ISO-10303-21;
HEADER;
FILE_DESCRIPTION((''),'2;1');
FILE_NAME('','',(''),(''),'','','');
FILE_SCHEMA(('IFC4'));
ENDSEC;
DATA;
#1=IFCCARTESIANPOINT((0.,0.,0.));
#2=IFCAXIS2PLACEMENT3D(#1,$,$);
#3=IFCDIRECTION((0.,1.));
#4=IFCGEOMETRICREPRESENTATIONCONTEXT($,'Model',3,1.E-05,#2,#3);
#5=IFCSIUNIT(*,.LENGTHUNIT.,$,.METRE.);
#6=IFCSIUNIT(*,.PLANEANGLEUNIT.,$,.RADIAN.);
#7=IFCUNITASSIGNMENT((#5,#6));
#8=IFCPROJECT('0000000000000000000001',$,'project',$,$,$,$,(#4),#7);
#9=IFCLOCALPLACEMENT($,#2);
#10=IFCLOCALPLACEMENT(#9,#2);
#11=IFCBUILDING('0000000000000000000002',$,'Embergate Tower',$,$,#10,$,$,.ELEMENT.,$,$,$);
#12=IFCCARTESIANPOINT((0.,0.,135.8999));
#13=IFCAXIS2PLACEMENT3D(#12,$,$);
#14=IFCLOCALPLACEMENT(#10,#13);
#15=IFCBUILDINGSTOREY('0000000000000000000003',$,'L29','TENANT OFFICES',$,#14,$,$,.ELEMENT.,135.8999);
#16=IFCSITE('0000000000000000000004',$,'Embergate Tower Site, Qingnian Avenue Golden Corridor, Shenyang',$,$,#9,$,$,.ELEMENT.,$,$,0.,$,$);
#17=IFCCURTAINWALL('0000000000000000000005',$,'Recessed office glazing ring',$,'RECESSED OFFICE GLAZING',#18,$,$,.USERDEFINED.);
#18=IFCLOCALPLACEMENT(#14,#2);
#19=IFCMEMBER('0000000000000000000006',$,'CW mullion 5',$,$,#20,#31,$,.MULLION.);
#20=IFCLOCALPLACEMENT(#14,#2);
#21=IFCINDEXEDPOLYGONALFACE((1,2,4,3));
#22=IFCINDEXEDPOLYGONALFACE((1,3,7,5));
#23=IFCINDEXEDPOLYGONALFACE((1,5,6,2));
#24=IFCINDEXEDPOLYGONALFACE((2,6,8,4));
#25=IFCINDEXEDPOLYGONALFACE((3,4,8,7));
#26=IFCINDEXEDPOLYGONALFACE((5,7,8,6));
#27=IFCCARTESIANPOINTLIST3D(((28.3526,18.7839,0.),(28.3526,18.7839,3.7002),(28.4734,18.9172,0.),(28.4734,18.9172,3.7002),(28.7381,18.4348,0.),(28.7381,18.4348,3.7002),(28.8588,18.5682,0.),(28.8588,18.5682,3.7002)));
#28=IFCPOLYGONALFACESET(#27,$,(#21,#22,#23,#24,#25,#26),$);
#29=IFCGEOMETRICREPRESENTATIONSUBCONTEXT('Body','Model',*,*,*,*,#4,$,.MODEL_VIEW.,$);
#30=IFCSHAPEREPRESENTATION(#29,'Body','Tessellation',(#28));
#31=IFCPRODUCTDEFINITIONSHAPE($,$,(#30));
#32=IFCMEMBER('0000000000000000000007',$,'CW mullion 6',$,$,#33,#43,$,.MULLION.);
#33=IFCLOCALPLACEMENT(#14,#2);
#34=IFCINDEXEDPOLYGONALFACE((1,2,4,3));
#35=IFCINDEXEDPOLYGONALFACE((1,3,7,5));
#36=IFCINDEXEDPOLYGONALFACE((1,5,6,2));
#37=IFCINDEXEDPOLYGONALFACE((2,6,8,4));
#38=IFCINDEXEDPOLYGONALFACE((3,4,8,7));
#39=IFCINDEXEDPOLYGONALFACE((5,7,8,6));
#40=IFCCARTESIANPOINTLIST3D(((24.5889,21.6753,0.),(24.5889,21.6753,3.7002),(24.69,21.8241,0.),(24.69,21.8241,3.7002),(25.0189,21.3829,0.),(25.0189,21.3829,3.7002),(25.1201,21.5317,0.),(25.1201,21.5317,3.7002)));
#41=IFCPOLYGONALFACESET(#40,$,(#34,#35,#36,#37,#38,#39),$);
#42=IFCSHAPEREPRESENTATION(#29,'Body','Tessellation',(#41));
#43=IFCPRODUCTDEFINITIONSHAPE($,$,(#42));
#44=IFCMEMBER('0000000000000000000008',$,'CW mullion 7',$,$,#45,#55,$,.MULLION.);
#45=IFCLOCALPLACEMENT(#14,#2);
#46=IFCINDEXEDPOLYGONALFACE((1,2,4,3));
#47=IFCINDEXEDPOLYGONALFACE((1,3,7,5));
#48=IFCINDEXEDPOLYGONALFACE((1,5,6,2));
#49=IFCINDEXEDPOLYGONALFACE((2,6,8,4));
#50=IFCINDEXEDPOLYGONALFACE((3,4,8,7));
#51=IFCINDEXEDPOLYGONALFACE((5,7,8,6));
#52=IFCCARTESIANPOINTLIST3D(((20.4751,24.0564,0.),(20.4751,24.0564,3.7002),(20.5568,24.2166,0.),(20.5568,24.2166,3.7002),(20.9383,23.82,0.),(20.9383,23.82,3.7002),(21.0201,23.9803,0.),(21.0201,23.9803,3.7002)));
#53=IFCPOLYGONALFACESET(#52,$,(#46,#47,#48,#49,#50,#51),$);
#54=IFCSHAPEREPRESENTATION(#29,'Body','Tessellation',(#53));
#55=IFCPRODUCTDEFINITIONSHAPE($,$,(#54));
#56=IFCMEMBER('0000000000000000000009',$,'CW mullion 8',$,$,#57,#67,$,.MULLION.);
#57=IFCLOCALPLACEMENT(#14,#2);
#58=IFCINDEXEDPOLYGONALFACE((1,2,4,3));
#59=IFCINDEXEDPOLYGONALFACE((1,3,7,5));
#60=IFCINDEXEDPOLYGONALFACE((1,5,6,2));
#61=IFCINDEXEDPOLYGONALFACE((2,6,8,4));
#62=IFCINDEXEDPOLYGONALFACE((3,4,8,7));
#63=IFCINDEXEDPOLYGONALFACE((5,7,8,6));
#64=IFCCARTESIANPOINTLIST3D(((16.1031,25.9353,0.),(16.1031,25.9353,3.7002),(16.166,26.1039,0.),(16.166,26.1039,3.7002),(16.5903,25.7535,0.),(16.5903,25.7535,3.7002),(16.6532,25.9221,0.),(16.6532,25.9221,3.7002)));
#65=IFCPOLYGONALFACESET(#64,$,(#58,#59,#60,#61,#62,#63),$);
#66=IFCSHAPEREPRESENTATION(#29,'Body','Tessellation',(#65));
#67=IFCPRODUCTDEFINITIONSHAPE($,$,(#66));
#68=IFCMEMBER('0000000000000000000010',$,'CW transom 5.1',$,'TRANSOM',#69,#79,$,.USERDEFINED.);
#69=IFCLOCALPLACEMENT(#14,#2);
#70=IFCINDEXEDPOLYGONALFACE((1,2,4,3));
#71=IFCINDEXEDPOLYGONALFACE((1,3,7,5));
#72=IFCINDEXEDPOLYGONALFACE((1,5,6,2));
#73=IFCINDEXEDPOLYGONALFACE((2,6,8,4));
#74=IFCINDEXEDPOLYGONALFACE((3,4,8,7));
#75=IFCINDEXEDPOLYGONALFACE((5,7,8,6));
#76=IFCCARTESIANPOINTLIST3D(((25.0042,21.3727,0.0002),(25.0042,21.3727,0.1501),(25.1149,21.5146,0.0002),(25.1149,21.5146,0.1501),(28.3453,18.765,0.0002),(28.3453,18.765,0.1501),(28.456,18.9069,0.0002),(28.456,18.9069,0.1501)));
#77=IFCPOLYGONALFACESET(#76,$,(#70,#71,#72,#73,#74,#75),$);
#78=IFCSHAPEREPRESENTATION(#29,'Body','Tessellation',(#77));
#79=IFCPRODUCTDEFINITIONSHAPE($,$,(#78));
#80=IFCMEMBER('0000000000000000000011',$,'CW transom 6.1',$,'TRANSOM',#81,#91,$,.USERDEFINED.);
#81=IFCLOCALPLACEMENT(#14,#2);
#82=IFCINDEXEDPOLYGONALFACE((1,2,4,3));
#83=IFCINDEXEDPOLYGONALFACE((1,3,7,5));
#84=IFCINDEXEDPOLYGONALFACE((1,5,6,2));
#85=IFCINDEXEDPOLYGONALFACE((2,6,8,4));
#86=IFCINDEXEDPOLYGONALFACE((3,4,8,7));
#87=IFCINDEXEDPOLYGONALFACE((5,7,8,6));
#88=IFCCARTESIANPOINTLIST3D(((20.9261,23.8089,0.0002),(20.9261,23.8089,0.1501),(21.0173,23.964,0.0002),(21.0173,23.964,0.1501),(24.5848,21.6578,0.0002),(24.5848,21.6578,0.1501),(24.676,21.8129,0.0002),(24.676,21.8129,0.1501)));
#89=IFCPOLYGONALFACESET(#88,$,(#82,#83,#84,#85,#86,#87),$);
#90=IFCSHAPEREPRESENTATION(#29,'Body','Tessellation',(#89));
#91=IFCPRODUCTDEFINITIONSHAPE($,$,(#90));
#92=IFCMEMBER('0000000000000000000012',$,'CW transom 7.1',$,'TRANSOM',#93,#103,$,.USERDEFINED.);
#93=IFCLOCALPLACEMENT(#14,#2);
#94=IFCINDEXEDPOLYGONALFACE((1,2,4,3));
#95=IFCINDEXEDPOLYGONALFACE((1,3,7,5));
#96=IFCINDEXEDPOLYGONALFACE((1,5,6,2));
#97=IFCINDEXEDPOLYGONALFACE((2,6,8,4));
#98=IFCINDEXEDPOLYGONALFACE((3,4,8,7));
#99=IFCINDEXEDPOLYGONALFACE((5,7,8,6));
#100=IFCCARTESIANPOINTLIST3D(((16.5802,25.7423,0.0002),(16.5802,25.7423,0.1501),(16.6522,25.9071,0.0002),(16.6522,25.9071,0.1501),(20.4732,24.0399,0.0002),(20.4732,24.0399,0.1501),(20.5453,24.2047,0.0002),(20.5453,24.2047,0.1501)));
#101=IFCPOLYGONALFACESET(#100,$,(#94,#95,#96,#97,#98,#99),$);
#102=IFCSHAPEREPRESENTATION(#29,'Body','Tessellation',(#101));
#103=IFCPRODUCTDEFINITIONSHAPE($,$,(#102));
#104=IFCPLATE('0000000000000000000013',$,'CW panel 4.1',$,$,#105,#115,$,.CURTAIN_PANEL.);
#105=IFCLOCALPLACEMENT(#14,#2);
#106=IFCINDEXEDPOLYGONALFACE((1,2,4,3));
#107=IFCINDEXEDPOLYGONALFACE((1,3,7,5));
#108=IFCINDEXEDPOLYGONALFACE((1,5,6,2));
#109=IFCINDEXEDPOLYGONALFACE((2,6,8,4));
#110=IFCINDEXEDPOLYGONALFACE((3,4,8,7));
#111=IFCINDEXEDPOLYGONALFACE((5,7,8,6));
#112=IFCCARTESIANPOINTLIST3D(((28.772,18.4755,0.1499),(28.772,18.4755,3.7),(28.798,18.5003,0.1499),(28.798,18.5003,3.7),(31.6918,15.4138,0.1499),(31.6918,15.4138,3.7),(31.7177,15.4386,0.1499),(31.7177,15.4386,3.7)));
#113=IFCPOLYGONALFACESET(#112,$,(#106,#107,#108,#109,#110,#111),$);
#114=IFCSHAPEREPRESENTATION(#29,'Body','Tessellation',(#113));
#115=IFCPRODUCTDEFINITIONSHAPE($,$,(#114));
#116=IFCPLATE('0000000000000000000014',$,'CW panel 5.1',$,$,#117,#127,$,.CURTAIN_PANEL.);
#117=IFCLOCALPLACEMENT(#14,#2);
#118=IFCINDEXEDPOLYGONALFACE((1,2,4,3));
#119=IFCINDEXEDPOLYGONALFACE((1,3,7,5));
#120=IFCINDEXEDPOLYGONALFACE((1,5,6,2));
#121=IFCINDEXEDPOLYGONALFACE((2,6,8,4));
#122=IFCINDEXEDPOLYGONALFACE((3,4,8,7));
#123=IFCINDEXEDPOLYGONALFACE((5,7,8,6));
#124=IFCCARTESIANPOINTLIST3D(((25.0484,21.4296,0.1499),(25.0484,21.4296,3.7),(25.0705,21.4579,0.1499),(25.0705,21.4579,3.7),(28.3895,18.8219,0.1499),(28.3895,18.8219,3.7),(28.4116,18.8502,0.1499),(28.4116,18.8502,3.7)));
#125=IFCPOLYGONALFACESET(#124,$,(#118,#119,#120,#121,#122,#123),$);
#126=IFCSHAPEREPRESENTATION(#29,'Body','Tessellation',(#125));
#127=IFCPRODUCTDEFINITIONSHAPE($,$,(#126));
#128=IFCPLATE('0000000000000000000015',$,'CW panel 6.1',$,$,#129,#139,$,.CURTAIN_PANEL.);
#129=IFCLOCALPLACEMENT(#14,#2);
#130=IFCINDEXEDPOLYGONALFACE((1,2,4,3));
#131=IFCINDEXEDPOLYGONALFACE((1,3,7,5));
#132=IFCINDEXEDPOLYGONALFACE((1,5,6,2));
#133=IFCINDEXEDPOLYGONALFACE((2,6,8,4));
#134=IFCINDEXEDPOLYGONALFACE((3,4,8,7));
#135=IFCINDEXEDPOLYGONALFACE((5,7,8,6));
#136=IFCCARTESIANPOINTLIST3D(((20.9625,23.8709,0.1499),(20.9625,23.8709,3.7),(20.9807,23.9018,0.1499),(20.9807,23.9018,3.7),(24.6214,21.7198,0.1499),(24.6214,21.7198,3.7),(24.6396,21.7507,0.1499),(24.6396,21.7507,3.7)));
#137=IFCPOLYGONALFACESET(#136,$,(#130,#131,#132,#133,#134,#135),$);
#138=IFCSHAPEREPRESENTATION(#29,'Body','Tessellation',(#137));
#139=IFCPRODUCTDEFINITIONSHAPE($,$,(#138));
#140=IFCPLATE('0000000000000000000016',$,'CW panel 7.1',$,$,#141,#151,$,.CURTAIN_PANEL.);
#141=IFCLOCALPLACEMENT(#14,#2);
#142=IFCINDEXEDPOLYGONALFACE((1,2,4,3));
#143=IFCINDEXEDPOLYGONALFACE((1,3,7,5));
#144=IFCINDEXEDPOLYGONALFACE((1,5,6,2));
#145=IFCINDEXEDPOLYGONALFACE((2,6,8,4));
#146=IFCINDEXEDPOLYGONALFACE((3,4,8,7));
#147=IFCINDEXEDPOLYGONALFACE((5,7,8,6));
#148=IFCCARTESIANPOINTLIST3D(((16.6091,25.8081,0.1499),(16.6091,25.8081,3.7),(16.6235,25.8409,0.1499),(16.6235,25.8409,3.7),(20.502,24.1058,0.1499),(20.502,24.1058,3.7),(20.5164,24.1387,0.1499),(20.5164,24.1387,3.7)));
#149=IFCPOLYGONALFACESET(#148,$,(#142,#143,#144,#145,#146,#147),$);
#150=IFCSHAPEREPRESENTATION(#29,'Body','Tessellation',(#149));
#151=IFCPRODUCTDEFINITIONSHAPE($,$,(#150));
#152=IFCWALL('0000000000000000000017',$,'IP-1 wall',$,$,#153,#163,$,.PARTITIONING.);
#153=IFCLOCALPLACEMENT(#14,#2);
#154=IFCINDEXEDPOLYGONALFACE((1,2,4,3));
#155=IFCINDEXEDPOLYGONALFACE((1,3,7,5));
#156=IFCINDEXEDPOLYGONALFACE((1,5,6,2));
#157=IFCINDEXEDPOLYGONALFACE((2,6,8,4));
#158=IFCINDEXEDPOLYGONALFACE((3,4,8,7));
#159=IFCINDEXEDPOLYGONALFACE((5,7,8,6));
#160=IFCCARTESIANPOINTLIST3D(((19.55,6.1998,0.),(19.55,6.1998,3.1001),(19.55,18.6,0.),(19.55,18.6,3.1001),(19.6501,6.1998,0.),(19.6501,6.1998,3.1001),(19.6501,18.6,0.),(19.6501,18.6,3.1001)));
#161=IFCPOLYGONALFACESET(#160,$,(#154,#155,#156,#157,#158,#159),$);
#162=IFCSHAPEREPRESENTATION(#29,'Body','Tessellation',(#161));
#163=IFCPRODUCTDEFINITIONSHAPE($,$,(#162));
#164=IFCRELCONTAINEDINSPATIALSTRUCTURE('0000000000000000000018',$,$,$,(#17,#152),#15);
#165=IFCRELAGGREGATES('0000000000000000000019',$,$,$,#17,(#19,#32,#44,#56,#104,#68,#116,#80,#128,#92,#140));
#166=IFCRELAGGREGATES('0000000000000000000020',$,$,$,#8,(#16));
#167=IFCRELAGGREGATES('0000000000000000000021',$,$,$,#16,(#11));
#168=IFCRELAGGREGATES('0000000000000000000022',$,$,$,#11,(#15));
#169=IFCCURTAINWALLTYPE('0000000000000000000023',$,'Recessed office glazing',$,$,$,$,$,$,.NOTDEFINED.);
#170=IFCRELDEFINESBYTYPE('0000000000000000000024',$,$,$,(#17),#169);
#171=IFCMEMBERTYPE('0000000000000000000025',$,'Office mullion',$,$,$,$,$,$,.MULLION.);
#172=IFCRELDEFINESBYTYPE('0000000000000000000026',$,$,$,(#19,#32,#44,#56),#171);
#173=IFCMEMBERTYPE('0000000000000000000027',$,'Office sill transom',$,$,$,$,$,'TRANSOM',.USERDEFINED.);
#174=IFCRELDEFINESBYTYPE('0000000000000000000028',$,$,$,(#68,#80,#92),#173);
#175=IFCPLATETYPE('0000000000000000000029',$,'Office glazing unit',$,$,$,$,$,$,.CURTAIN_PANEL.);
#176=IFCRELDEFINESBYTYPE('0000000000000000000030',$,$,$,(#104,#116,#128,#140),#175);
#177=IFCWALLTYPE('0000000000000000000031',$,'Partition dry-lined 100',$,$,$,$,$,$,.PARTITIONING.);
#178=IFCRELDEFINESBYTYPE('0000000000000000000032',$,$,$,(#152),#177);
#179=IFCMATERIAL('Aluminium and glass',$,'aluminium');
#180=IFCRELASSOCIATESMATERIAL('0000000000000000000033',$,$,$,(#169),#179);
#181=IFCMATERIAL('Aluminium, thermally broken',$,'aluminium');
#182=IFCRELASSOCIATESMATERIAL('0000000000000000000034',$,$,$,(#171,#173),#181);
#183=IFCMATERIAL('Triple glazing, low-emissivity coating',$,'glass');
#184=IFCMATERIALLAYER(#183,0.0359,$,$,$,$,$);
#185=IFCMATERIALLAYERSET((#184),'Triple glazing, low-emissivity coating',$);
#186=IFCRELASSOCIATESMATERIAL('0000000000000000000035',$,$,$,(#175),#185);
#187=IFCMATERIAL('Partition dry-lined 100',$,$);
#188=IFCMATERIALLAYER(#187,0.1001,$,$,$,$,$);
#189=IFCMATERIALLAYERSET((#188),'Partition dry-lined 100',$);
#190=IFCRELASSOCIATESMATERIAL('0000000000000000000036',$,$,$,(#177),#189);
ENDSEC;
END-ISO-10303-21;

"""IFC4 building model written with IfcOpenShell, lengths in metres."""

from ifc_helpers import new_model, si_unit, direction, frame, frame_2d, origin, origin_2d, place, context, subcontext, project, spatial, rectangle, extrude, source, transform, mapped, material, layer, layer_set, material_profile, profile_set, type_object, element, aggregate, save


model = new_model("IFC4")

# Units and contexts
model_context = context("Model", 3, precision=1e-05, world=origin(), true_north=direction((0.0, 1.0)))
body_context = subcontext(model_context, "Body", "Model", "MODEL_VIEW")
ifc_project = project(units=[si_unit("LENGTHUNIT", "METRE"), si_unit("PLANEANGLEUNIT", "RADIAN")], contexts=[model_context])

# Site, building, storey
site_placement = place(None, origin())
site = spatial("IfcSite", under=ifc_project, at=site_placement, Name="Embergate Tower Site, Qingnian Avenue Golden Corridor, Shenyang", CompositionType="ELEMENT", RefElevation=0.0)
building_placement = place(site_placement, origin())
building = spatial("IfcBuilding", under=site, at=building_placement, Name="Embergate Tower", CompositionType="ELEMENT")
storey_placement = place(building_placement, frame((0.0, 0.0, 135.8999)))
storey = spatial("IfcBuildingStorey", under=building, at=storey_placement, Name="L29", Description="TENANT OFFICES", CompositionType="ELEMENT", Elevation=135.8999)

# Curtain wall, members, plates
ifc_material_1 = material(Name="Aluminium and glass", Category="aluminium")
curtain_wall_type = type_object("IfcCurtainWallType", Name="Recessed office glazing", PredefinedType="NOTDEFINED", material=ifc_material_1)
curtain_wall_placement = place(storey_placement, origin())
curtain_wall = element("IfcCurtainWall", 1, at=curtain_wall_placement, inside=storey, type_object=curtain_wall_type, Name="Recessed office glazing ring", ObjectType="RECESSED OFFICE GLAZING", PredefinedType="USERDEFINED")
ifc_material_2 = material(Name="Aluminium, thermally broken", Category="aluminium")
ifc_material_profile_1 = material_profile(ifc_material_2, rectangle(XDim=0.1799, YDim=0.52, at=origin_2d()), Name="AL 520x180")
ifc_profile_set_1 = profile_set([ifc_material_profile_1], Name="Aluminium, thermally broken")
member_type_1 = type_object("IfcMemberType", Name="Office mullion", PredefinedType="MULLION", material=ifc_profile_set_1)
shared_shape_1 = source(origin(), body_context, "Body", "SweptSolid", [
    extrude(rectangle(XDim=0.1799, YDim=0.52, at=origin_2d()), origin(), (0.0, 0.0, 1.0), 3.7002),
])
member_1_placement = place(storey_placement, frame((28.6057, 18.676, 0.0), z_axis=(0.0, 0.0, 1.0), x_axis=(-0.671225, -0.741253, 0.0)))
member_1 = element("IfcMember", 2, at=member_1_placement, type_object=member_type_1, Name="CW mullion 5", PredefinedType="MULLION", context=body_context, shape_type="MappedRepresentation", body=[
    mapped(shared_shape_1, transform((0.0, 0.0, 0.0))),
])
member_2_placement = place(storey_placement, frame((24.8545, 21.6035, 0.0), z_axis=(0.0, 0.0, 1.0), x_axis=(-0.562215, -0.826991, 0.0)))
member_2 = element("IfcMember", 3, at=member_2_placement, type_object=member_type_1, Name="CW mullion 6", PredefinedType="MULLION", context=body_context, shape_type="MappedRepresentation", body=[
    mapped(shared_shape_1, transform((0.0, 0.0, 0.0))),
])
member_3_placement = place(storey_placement, frame((20.7476, 24.0183, 0.0), z_axis=(0.0, 0.0, 1.0), x_axis=(-0.454508, -0.890743, 0.0)))
member_3 = element("IfcMember", 4, at=member_3_placement, type_object=member_type_1, Name="CW mullion 7", PredefinedType="MULLION", context=body_context, shape_type="MappedRepresentation", body=[
    mapped(shared_shape_1, transform((0.0, 0.0, 0.0))),
])
member_4_placement = place(storey_placement, frame((16.3782, 25.9287, 0.0), z_axis=(0.0, 0.0, 1.0), x_axis=(-0.349501, -0.936936, 0.0)))
member_4 = element("IfcMember", 5, at=member_4_placement, type_object=member_type_1, Name="CW mullion 8", PredefinedType="MULLION", context=body_context, shape_type="MappedRepresentation", body=[
    mapped(shared_shape_1, transform((0.0, 0.0, 0.0))),
])
ifc_material_profile_2 = material_profile(ifc_material_2, rectangle(XDim=0.1799, YDim=0.1499, at=origin_2d()), Name="AL 150x180")
ifc_profile_set_2 = profile_set([ifc_material_profile_2], Name="Aluminium, thermally broken")
member_type_2 = type_object("IfcMemberType", Name="Office sill transom", ElementType="TRANSOM", PredefinedType="USERDEFINED", material=ifc_profile_set_2)
shared_shape_2 = source(origin(), body_context, "Body", "SweptSolid", [
    extrude(rectangle(XDim=0.1799, YDim=0.1499, at=origin_2d()), origin(), (0.0, 0.0, 1.0), 4.2383),
])
member_5_placement = place(storey_placement, frame((28.4006, 18.8359, 0.0752), z_axis=(-0.788315, 0.615272, 0.0), x_axis=(-0.615272, -0.788315, 0.0)))
member_5 = element("IfcMember", 6, at=member_5_placement, type_object=member_type_2, Name="CW transom 5.1", ObjectType="TRANSOM", PredefinedType="USERDEFINED", context=body_context, shape_type="MappedRepresentation", body=[
    mapped(shared_shape_2, transform((0.0, 0.0, 0.0))),
])
shared_shape_3 = source(origin(), body_context, "Body", "SweptSolid", [
    extrude(rectangle(XDim=0.1799, YDim=0.1499, at=origin_2d()), origin(), (0.0, 0.0, 1.0), 4.2441),
])
member_6_placement = place(storey_placement, frame((24.6304, 21.7354, 0.0752), z_axis=(-0.862042, 0.506837, 0.0), x_axis=(-0.506837, -0.862042, 0.0)))
member_6 = element("IfcMember", 7, at=member_6_placement, type_object=member_type_2, Name="CW transom 6.1", ObjectType="TRANSOM", PredefinedType="USERDEFINED", context=body_context, shape_type="MappedRepresentation", body=[
    mapped(shared_shape_3, transform((0.0, 0.0, 0.0))),
])
shared_shape_4 = source(origin(), body_context, "Body", "SweptSolid", [
    extrude(rectangle(XDim=0.1799, YDim=0.1499, at=origin_2d()), origin(), (0.0, 0.0, 1.0), 4.249),
])
member_7_placement = place(storey_placement, frame((20.5093, 24.1223, 0.0752), z_axis=(-0.916229, 0.400656, 0.0), x_axis=(-0.400656, -0.916229, 0.0)))
member_7 = element("IfcMember", 8, at=member_7_placement, type_object=member_type_2, Name="CW transom 7.1", ObjectType="TRANSOM", PredefinedType="USERDEFINED", context=body_context, shape_type="MappedRepresentation", body=[
    mapped(shared_shape_4, transform((0.0, 0.0, 0.0))),
])
ifc_material_3 = material(Name="Triple glazing, low-emissivity coating", Category="glass")
ifc_layer_1 = layer(ifc_material_3, 0.0359)
ifc_layer_set_1 = layer_set([ifc_layer_1], Name="Triple glazing, low-emissivity coating")
plate_type = type_object("IfcPlateType", Name="Office glazing unit", PredefinedType="CURTAIN_PANEL", material=ifc_layer_set_1)
shared_shape_5 = source(origin(), body_context, "Body", "SweptSolid", [
    extrude(rectangle(XDim=4.2307, YDim=0.0359, at=origin_2d()), origin(), (0.0, 0.0, 1.0), 3.55),
])
plate_1_placement = place(storey_placement, frame((30.2449, 16.957, 0.1499), z_axis=(0.0, 0.0, 1.0), x_axis=(-0.690138, 0.723678, 0.0)))
plate_1 = element("IfcPlate", 9, at=plate_1_placement, type_object=plate_type, Name="CW panel 4.1", PredefinedType="CURTAIN_PANEL", context=body_context, shape_type="MappedRepresentation", body=[
    mapped(shared_shape_5, transform((0.0, 0.0, 0.0))),
])
shared_shape_6 = source(origin(), body_context, "Body", "SweptSolid", [
    extrude(rectangle(XDim=4.2383, YDim=0.0359, at=origin_2d()), origin(), (0.0, 0.0, 1.0), 3.55),
])
plate_2_placement = place(storey_placement, frame((26.73, 20.1399, 0.1499), z_axis=(0.0, 0.0, 1.0), x_axis=(-0.788322, 0.615263, 0.0)))
plate_2 = element("IfcPlate", 10, at=plate_2_placement, type_object=plate_type, Name="CW panel 5.1", PredefinedType="CURTAIN_PANEL", context=body_context, shape_type="MappedRepresentation", body=[
    mapped(shared_shape_6, transform((0.0, 0.0, 0.0))),
])
shared_shape_7 = source(origin(), body_context, "Body", "SweptSolid", [
    extrude(rectangle(XDim=4.2444, YDim=0.0359, at=origin_2d()), origin(), (0.0, 0.0, 1.0), 3.55),
])
plate_3_placement = place(storey_placement, frame((22.801, 22.8108, 0.1499), z_axis=(0.0, 0.0, 1.0), x_axis=(-0.862055, 0.506815, 0.0)))
plate_3 = element("IfcPlate", 11, at=plate_3_placement, type_object=plate_type, Name="CW panel 6.1", PredefinedType="CURTAIN_PANEL", context=body_context, shape_type="MappedRepresentation", body=[
    mapped(shared_shape_7, transform((0.0, 0.0, 0.0))),
])
shared_shape_8 = source(origin(), body_context, "Body", "SweptSolid", [
    extrude(rectangle(XDim=4.2488, YDim=0.0359, at=origin_2d()), origin(), (0.0, 0.0, 1.0), 3.55),
])
plate_4_placement = place(storey_placement, frame((18.5627, 24.9734, 0.1499), z_axis=(0.0, 0.0, 1.0), x_axis=(-0.916237, 0.400637, 0.0)))
plate_4 = element("IfcPlate", 12, at=plate_4_placement, type_object=plate_type, Name="CW panel 7.1", PredefinedType="CURTAIN_PANEL", context=body_context, shape_type="MappedRepresentation", body=[
    mapped(shared_shape_8, transform((0.0, 0.0, 0.0))),
])
aggregate(curtain_wall, [member_1, member_2, member_3, member_4, plate_1, member_5, plate_2, member_6, plate_3, member_7, plate_4])

# Wall
ifc_material_4 = material(Name="Partition dry-lined 100")
ifc_layer_2 = layer(ifc_material_4, 0.1001)
ifc_layer_set_2 = layer_set([ifc_layer_2], Name="Partition dry-lined 100")
wall_type = type_object("IfcWallType", Name="Partition dry-lined 100", PredefinedType="PARTITIONING", material=ifc_layer_set_2)
shared_shape_9 = source(origin(), body_context, "Body", "SweptSolid", [
    extrude(rectangle(XDim=12.4001, YDim=0.1001, at=frame_2d((6.2002, 0.0))), origin(), (0.0, 0.0, 1.0), 3.1001),
])
wall_placement = place(storey_placement, frame((19.6001, 18.6001, 0.0), z_axis=(0.0, 0.0, 1.0), x_axis=(0.0, -1.0, 0.0)))
element("IfcWall", 13, at=wall_placement, inside=storey, type_object=wall_type, Name="IP-1 wall", PredefinedType="PARTITIONING", context=body_context, shape_type="MappedRepresentation", body=[
    mapped(shared_shape_9, transform((0.0, 0.0, 0.0))),
])

save(model, "model.ifc")
